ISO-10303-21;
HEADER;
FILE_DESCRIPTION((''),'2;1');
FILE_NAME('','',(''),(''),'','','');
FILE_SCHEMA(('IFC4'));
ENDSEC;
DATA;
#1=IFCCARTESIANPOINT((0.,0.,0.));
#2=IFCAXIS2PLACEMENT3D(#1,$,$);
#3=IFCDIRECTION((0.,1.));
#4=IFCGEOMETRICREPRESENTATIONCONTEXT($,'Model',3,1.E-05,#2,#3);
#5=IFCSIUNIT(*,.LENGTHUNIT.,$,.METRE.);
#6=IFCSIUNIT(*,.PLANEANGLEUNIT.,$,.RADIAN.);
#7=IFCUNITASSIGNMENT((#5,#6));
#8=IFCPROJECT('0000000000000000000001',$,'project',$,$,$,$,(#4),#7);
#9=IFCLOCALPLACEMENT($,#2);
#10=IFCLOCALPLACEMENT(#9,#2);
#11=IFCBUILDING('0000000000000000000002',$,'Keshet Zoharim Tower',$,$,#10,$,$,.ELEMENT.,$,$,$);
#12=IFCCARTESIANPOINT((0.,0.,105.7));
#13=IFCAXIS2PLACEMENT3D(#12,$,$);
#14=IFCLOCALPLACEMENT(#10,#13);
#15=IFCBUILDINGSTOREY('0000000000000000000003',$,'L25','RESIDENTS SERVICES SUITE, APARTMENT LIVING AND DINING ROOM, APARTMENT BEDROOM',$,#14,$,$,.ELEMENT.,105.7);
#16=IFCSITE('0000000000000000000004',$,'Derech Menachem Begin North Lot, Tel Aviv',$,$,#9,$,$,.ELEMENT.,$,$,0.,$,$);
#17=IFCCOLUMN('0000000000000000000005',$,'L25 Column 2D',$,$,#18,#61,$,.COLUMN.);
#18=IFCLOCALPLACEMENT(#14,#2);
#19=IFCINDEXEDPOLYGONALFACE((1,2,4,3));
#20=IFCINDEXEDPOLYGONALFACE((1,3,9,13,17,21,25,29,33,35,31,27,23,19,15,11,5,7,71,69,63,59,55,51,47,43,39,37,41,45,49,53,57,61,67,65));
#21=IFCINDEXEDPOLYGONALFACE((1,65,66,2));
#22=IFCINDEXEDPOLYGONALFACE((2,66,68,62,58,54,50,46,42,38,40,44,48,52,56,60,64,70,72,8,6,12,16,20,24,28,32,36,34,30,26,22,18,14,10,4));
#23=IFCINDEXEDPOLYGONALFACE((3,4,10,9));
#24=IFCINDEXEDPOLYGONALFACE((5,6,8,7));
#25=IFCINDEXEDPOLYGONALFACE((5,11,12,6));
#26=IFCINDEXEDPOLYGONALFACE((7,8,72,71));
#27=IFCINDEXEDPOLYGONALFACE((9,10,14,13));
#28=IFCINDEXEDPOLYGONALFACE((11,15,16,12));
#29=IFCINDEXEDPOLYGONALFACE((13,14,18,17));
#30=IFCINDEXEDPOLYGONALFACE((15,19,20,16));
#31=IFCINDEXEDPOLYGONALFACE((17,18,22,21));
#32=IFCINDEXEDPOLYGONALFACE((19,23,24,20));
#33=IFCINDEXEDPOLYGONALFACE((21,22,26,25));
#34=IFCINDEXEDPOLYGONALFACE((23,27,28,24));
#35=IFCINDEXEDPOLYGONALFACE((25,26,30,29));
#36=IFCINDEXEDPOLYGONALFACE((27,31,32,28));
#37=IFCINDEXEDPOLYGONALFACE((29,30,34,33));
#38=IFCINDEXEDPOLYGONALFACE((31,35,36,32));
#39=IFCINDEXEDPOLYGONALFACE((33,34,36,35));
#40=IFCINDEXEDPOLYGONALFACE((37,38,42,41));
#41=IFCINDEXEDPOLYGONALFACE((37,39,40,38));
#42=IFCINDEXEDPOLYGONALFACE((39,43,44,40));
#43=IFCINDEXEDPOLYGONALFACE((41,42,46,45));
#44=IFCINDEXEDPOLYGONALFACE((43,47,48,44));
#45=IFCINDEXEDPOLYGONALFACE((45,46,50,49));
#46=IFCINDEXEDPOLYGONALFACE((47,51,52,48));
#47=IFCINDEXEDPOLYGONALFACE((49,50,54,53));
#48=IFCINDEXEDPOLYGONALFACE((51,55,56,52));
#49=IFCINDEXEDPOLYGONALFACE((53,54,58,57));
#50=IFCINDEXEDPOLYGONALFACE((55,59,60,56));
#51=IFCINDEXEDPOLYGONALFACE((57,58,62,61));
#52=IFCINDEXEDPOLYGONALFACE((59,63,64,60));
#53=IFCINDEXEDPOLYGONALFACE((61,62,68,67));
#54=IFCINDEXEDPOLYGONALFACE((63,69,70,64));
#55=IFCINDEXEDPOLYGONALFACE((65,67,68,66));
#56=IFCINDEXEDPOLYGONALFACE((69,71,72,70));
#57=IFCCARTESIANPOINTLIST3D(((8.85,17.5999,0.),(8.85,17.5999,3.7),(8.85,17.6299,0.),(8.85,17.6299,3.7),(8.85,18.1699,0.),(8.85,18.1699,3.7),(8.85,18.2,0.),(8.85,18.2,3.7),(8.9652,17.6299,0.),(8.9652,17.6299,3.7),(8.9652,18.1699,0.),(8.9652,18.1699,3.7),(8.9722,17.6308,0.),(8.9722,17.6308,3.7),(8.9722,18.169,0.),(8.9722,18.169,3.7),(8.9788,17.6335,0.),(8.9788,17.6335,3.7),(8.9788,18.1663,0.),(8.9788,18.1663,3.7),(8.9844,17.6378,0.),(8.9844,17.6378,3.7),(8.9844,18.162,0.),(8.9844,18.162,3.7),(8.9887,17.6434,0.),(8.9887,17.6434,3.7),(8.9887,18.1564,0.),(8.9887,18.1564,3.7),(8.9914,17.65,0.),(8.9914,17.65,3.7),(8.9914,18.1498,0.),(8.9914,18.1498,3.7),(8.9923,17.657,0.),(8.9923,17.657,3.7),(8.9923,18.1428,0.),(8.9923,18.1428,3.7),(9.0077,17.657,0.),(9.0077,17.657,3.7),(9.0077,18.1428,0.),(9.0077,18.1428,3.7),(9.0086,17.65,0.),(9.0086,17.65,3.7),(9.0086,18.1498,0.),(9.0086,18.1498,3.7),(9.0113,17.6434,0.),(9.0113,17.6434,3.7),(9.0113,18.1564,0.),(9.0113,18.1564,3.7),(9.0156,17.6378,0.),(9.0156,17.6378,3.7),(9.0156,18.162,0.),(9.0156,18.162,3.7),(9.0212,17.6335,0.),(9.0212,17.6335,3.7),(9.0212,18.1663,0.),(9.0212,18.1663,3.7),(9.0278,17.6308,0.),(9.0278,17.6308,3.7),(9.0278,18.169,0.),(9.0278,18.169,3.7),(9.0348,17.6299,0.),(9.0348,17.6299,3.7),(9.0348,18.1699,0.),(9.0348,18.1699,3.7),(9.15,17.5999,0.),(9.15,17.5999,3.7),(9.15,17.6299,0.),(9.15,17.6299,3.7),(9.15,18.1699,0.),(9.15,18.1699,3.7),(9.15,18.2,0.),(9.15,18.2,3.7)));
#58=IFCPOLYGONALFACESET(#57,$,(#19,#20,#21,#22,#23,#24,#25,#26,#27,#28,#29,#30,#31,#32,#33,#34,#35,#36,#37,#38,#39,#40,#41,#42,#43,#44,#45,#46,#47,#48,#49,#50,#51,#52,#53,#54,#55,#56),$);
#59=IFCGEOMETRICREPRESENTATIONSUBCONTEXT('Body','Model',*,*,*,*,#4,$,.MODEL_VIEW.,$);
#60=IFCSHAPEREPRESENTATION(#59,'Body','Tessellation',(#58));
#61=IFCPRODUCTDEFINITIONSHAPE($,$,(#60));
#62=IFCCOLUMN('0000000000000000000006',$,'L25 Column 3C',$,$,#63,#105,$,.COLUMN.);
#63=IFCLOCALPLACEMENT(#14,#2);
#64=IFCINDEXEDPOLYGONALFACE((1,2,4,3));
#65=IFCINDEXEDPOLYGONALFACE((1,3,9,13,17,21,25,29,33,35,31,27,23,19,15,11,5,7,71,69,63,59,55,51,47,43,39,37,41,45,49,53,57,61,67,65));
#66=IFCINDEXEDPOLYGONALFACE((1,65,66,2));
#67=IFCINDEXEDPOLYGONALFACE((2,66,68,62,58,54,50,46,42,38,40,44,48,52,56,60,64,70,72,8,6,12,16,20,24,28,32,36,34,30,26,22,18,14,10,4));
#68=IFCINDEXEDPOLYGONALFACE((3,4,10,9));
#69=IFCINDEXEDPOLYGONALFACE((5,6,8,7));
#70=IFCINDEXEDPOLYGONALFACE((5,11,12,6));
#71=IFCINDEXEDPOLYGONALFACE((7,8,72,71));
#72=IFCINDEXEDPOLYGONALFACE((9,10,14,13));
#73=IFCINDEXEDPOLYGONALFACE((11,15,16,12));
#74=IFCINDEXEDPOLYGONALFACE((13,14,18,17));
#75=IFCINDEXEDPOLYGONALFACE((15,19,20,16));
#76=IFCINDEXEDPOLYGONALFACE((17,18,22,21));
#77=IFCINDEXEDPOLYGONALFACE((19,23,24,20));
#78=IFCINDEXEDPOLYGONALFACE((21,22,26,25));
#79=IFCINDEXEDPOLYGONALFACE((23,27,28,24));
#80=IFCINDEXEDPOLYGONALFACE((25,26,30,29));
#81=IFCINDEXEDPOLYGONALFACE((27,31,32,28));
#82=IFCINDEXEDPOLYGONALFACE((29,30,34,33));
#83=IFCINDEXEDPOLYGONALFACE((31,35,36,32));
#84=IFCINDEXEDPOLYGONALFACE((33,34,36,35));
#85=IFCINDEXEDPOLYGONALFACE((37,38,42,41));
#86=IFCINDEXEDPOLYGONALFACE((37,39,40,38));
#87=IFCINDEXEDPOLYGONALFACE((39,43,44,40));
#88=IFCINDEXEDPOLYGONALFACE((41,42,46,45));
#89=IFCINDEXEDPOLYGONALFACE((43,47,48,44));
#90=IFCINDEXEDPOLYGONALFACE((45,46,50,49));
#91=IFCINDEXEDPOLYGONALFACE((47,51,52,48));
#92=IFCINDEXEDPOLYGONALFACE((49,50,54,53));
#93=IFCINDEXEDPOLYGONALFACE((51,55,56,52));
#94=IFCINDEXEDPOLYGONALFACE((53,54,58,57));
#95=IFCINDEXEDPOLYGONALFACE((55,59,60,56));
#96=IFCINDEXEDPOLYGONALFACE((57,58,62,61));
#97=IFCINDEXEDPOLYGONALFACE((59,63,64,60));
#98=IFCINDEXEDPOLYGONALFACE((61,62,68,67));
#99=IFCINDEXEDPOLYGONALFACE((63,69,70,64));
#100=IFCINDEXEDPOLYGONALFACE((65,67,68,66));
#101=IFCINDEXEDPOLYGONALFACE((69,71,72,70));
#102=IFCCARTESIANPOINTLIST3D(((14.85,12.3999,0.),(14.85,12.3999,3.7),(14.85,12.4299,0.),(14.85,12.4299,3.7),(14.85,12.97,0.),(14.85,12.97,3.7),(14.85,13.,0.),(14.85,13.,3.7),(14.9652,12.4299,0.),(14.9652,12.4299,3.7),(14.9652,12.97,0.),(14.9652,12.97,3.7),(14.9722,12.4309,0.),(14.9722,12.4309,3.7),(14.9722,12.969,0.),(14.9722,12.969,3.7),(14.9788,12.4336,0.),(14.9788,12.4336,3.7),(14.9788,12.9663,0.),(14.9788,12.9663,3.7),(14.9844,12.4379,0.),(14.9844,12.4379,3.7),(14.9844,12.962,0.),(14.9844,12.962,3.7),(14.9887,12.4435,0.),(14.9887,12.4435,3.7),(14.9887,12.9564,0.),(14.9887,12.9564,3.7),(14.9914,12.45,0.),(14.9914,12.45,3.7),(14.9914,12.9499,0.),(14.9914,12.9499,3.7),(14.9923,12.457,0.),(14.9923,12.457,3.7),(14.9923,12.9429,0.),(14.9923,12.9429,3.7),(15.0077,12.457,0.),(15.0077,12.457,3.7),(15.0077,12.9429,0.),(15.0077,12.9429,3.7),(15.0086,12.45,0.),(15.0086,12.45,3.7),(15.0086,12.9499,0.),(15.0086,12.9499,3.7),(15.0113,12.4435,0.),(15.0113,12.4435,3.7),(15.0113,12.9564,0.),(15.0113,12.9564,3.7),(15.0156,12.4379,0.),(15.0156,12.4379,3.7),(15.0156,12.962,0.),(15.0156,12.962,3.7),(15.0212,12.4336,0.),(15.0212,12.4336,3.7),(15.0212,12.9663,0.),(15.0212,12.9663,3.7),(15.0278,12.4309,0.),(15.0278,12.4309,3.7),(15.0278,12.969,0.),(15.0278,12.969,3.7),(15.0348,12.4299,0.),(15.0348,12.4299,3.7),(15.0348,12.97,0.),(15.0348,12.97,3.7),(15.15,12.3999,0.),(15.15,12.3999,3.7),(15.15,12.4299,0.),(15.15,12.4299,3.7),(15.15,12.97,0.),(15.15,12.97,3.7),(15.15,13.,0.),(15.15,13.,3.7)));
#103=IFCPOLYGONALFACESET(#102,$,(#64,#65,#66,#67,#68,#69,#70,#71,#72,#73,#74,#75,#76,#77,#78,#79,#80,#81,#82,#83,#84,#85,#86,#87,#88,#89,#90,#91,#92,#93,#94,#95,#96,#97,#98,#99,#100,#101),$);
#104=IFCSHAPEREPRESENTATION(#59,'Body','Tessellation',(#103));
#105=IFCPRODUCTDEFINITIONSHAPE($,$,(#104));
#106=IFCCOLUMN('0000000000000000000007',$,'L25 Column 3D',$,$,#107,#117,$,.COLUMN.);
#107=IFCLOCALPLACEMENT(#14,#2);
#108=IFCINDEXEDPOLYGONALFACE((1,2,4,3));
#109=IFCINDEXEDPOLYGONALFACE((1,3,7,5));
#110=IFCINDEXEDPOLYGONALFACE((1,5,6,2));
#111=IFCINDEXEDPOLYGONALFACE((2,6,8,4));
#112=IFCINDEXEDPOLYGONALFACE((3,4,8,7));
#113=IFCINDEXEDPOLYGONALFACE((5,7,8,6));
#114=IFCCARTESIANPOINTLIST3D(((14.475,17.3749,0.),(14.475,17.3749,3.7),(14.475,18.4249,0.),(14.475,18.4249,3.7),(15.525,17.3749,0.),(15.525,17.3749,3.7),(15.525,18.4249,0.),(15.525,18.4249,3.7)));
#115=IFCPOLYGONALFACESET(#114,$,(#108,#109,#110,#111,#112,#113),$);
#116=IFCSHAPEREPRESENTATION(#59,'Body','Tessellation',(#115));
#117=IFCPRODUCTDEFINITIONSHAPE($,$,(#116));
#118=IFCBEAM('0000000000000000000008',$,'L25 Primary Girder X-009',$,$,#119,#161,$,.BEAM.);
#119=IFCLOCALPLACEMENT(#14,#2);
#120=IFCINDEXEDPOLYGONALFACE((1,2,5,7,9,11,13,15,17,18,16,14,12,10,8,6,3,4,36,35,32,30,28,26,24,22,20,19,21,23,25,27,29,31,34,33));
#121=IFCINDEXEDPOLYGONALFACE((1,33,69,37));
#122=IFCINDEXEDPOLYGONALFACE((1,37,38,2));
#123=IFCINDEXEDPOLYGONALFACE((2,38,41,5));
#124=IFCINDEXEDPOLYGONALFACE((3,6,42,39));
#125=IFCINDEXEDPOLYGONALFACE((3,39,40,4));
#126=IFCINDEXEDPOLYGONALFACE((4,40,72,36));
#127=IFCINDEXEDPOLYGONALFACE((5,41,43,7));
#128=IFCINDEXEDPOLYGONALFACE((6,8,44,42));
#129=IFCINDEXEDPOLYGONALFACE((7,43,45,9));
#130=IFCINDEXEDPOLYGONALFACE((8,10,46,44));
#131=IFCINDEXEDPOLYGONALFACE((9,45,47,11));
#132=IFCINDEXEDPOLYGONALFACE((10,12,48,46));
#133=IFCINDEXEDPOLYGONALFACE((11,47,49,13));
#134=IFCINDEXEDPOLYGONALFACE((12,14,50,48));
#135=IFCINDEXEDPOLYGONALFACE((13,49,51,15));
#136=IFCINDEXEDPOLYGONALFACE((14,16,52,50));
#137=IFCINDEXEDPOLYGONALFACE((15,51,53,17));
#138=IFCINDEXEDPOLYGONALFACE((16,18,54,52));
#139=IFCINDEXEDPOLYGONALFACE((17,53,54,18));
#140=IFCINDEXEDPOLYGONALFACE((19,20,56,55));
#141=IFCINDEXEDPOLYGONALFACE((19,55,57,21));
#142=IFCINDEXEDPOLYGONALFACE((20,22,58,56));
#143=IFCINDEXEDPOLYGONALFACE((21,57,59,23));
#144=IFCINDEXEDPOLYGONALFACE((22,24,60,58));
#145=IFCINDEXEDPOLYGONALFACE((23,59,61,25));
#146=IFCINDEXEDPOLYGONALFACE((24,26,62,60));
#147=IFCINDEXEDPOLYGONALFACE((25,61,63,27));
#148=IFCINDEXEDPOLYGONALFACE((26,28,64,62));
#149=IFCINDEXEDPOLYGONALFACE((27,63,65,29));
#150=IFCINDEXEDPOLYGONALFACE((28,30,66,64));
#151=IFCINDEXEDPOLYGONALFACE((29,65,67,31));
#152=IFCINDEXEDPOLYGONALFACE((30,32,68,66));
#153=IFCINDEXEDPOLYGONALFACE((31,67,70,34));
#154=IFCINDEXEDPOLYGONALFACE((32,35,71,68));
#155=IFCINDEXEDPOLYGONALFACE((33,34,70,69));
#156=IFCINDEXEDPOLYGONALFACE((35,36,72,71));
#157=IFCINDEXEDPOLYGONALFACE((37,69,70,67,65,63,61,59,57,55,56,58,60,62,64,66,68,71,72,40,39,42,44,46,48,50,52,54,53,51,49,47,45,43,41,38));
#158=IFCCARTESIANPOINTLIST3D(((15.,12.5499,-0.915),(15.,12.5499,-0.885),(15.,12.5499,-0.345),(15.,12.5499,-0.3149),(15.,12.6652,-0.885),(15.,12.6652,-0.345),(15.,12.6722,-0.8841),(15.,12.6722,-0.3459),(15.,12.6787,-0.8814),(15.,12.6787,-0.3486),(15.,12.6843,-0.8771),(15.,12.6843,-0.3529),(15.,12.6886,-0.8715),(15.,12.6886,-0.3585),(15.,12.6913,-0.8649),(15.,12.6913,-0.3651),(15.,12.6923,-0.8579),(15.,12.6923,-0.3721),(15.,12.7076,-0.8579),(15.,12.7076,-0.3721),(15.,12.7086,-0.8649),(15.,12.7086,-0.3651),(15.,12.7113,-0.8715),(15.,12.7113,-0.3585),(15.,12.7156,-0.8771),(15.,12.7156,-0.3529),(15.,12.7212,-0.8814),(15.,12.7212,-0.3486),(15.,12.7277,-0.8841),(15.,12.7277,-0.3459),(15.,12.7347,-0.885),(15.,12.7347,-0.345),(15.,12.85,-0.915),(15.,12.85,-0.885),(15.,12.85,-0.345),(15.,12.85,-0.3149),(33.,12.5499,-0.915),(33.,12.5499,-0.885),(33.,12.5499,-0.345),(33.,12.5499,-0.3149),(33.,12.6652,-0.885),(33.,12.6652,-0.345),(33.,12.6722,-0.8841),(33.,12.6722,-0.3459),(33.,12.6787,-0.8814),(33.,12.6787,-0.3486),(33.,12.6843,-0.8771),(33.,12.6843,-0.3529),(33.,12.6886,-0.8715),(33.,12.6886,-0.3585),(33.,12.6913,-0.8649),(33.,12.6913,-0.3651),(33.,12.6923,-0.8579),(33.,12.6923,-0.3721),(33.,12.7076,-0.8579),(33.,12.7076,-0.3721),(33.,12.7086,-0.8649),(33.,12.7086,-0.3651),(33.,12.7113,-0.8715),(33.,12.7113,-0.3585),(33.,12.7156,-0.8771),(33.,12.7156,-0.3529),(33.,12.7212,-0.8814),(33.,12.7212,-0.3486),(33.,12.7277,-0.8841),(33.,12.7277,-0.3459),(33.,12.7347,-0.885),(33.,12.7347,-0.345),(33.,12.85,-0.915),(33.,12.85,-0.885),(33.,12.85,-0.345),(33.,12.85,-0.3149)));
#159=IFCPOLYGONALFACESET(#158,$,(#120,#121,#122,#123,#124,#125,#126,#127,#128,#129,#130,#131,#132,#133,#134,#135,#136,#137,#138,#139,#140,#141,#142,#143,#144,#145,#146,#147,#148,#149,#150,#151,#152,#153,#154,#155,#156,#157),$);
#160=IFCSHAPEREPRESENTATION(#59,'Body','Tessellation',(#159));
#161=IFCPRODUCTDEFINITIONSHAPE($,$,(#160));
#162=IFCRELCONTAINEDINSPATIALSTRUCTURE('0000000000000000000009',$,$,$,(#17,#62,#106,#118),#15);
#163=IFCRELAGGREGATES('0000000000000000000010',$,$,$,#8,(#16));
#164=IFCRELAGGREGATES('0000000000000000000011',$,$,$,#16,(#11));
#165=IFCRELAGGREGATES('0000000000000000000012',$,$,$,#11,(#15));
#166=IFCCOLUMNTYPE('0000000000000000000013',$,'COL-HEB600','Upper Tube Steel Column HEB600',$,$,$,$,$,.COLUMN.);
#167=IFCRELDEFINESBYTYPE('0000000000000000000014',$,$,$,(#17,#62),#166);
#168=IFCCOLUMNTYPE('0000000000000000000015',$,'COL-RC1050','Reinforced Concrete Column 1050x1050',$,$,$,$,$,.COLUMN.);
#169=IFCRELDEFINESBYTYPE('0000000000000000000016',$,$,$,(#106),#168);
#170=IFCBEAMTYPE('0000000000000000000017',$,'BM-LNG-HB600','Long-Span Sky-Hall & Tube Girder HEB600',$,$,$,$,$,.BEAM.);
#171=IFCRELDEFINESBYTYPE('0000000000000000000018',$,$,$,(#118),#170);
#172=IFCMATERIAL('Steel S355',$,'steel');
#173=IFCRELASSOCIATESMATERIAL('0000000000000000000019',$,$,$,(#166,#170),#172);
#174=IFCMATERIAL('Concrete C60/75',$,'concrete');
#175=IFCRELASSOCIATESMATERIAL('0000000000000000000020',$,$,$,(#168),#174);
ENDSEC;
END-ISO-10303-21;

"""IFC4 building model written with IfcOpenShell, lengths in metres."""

from ifc_helpers import new_model, si_unit, direction, frame, origin, origin_2d, place, context, subcontext, project, spatial, rectangle, i_section, extrude, material, material_profile, profile_set, type_object, element, save


model = new_model("IFC4")

# Units and contexts
model_context = context("Model", 3, precision=1e-05, world=origin(), true_north=direction((0.0, 1.0)))
body_context = subcontext(model_context, "Body", "Model", "MODEL_VIEW")
ifc_project = project(units=[si_unit("LENGTHUNIT", "METRE"), si_unit("PLANEANGLEUNIT", "RADIAN")], contexts=[model_context])

# Site, building, storey
site_placement = place(None, origin())
site = spatial("IfcSite", under=ifc_project, at=site_placement, Name="Derech Menachem Begin North Lot, Tel Aviv", CompositionType="ELEMENT", RefElevation=0.0)
building_placement = place(site_placement, origin())
building = spatial("IfcBuilding", under=site, at=building_placement, Name="Keshet Zoharim Tower", CompositionType="ELEMENT")
storey_placement = place(building_placement, frame((0.0, 0.0, 105.7)))
storey = spatial("IfcBuildingStorey", under=building, at=storey_placement, Name="L25", Description="RESIDENTS SERVICES SUITE, APARTMENT LIVING AND DINING ROOM, APARTMENT BEDROOM", CompositionType="ELEMENT", Elevation=105.7)

# Columns
ifc_material_1 = material(Name="Steel S355", Category="steel")
ifc_material_profile_1 = material_profile(ifc_material_1, i_section(OverallWidth=0.3, OverallDepth=0.6001, WebThickness=0.0154, FlangeThickness=0.03, FilletRadius=0.0271, at=origin_2d()), Name="HEB600")
ifc_profile_set_1 = profile_set([ifc_material_profile_1], Name="Steel S355")
column_type_1 = type_object("IfcColumnType", Name="COL-HEB600", Description="Upper Tube Steel Column HEB600", PredefinedType="COLUMN", material=ifc_profile_set_1)
for number, where, z_axis, x_axis, name in (
    (1, (9.0, 17.8999, 0.0), (0.0, 0.0, 1.0), (1.0, 0.0, 0.0), "L25 Column 2D"),
    (2, (15.0, 12.7, 0.0), (0.0, 0.0, 1.0), (1.0, 0.0, 0.0), "L25 Column 3C"),
):
    element("IfcColumn", number, at=place(storey_placement, frame(where, z_axis=z_axis, x_axis=x_axis)), inside=storey, type_object=column_type_1, Name=name, PredefinedType="COLUMN", context=body_context, shape_type="SweptSolid", body=[
        extrude(i_section(OverallWidth=0.3, OverallDepth=0.6001, WebThickness=0.0154, FlangeThickness=0.03, FilletRadius=0.0271, at=origin_2d()), origin(), (0.0, 0.0, 1.0), 3.7),
    ])
ifc_material_2 = material(Name="Concrete C60/75", Category="concrete")
ifc_material_profile_2 = material_profile(ifc_material_2, rectangle(XDim=1.05, YDim=1.05, at=origin_2d()), Name="RC1050x1050")
ifc_profile_set_2 = profile_set([ifc_material_profile_2], Name="Concrete C60/75")
column_type_2 = type_object("IfcColumnType", Name="COL-RC1050", Description="Reinforced Concrete Column 1050x1050", PredefinedType="COLUMN", material=ifc_profile_set_2)
column_placement = place(storey_placement, frame((15.0, 17.8999, 0.0), z_axis=(0.0, 0.0, 1.0), x_axis=(1.0, 0.0, 0.0)))
element("IfcColumn", 3, at=column_placement, inside=storey, type_object=column_type_2, Name="L25 Column 3D", PredefinedType="COLUMN", context=body_context, shape_type="SweptSolid", body=[
    extrude(rectangle(XDim=1.05, YDim=1.05, at=origin_2d()), origin(), (0.0, 0.0, 1.0), 3.7),
])

# Beam
ifc_material_profile_3 = material_profile(ifc_material_1, i_section(OverallWidth=0.3, OverallDepth=0.6001, WebThickness=0.0154, FlangeThickness=0.03, FilletRadius=0.0271, at=origin_2d()), Name="HEB600")
ifc_profile_set_3 = profile_set([ifc_material_profile_3], Name="Steel S355")
beam_type_1 = type_object("IfcBeamType", Name="BM-LNG-HB600", Description="Long-Span Sky-Hall & Tube Girder HEB600", PredefinedType="BEAM", material=ifc_profile_set_3)
for number, where, z_axis, x_axis, name in (
    (4, (15.0, 12.7, -0.615), (1.0, 0.0, 0.0), (0.0, 1.0, 0.0), "L25 Primary Girder X-009"),
):
    element("IfcBeam", number, at=place(storey_placement, frame(where, z_axis=z_axis, x_axis=x_axis)), inside=storey, type_object=beam_type_1, Name=name, PredefinedType="BEAM", context=body_context, shape_type="SweptSolid", body=[
        extrude(i_section(OverallWidth=0.3, OverallDepth=0.6001, WebThickness=0.0154, FlangeThickness=0.03, FilletRadius=0.0271, at=origin_2d()), origin(), (0.0, 0.0, 1.0), 18.0),
    ])

save(model, "model.ifc")
